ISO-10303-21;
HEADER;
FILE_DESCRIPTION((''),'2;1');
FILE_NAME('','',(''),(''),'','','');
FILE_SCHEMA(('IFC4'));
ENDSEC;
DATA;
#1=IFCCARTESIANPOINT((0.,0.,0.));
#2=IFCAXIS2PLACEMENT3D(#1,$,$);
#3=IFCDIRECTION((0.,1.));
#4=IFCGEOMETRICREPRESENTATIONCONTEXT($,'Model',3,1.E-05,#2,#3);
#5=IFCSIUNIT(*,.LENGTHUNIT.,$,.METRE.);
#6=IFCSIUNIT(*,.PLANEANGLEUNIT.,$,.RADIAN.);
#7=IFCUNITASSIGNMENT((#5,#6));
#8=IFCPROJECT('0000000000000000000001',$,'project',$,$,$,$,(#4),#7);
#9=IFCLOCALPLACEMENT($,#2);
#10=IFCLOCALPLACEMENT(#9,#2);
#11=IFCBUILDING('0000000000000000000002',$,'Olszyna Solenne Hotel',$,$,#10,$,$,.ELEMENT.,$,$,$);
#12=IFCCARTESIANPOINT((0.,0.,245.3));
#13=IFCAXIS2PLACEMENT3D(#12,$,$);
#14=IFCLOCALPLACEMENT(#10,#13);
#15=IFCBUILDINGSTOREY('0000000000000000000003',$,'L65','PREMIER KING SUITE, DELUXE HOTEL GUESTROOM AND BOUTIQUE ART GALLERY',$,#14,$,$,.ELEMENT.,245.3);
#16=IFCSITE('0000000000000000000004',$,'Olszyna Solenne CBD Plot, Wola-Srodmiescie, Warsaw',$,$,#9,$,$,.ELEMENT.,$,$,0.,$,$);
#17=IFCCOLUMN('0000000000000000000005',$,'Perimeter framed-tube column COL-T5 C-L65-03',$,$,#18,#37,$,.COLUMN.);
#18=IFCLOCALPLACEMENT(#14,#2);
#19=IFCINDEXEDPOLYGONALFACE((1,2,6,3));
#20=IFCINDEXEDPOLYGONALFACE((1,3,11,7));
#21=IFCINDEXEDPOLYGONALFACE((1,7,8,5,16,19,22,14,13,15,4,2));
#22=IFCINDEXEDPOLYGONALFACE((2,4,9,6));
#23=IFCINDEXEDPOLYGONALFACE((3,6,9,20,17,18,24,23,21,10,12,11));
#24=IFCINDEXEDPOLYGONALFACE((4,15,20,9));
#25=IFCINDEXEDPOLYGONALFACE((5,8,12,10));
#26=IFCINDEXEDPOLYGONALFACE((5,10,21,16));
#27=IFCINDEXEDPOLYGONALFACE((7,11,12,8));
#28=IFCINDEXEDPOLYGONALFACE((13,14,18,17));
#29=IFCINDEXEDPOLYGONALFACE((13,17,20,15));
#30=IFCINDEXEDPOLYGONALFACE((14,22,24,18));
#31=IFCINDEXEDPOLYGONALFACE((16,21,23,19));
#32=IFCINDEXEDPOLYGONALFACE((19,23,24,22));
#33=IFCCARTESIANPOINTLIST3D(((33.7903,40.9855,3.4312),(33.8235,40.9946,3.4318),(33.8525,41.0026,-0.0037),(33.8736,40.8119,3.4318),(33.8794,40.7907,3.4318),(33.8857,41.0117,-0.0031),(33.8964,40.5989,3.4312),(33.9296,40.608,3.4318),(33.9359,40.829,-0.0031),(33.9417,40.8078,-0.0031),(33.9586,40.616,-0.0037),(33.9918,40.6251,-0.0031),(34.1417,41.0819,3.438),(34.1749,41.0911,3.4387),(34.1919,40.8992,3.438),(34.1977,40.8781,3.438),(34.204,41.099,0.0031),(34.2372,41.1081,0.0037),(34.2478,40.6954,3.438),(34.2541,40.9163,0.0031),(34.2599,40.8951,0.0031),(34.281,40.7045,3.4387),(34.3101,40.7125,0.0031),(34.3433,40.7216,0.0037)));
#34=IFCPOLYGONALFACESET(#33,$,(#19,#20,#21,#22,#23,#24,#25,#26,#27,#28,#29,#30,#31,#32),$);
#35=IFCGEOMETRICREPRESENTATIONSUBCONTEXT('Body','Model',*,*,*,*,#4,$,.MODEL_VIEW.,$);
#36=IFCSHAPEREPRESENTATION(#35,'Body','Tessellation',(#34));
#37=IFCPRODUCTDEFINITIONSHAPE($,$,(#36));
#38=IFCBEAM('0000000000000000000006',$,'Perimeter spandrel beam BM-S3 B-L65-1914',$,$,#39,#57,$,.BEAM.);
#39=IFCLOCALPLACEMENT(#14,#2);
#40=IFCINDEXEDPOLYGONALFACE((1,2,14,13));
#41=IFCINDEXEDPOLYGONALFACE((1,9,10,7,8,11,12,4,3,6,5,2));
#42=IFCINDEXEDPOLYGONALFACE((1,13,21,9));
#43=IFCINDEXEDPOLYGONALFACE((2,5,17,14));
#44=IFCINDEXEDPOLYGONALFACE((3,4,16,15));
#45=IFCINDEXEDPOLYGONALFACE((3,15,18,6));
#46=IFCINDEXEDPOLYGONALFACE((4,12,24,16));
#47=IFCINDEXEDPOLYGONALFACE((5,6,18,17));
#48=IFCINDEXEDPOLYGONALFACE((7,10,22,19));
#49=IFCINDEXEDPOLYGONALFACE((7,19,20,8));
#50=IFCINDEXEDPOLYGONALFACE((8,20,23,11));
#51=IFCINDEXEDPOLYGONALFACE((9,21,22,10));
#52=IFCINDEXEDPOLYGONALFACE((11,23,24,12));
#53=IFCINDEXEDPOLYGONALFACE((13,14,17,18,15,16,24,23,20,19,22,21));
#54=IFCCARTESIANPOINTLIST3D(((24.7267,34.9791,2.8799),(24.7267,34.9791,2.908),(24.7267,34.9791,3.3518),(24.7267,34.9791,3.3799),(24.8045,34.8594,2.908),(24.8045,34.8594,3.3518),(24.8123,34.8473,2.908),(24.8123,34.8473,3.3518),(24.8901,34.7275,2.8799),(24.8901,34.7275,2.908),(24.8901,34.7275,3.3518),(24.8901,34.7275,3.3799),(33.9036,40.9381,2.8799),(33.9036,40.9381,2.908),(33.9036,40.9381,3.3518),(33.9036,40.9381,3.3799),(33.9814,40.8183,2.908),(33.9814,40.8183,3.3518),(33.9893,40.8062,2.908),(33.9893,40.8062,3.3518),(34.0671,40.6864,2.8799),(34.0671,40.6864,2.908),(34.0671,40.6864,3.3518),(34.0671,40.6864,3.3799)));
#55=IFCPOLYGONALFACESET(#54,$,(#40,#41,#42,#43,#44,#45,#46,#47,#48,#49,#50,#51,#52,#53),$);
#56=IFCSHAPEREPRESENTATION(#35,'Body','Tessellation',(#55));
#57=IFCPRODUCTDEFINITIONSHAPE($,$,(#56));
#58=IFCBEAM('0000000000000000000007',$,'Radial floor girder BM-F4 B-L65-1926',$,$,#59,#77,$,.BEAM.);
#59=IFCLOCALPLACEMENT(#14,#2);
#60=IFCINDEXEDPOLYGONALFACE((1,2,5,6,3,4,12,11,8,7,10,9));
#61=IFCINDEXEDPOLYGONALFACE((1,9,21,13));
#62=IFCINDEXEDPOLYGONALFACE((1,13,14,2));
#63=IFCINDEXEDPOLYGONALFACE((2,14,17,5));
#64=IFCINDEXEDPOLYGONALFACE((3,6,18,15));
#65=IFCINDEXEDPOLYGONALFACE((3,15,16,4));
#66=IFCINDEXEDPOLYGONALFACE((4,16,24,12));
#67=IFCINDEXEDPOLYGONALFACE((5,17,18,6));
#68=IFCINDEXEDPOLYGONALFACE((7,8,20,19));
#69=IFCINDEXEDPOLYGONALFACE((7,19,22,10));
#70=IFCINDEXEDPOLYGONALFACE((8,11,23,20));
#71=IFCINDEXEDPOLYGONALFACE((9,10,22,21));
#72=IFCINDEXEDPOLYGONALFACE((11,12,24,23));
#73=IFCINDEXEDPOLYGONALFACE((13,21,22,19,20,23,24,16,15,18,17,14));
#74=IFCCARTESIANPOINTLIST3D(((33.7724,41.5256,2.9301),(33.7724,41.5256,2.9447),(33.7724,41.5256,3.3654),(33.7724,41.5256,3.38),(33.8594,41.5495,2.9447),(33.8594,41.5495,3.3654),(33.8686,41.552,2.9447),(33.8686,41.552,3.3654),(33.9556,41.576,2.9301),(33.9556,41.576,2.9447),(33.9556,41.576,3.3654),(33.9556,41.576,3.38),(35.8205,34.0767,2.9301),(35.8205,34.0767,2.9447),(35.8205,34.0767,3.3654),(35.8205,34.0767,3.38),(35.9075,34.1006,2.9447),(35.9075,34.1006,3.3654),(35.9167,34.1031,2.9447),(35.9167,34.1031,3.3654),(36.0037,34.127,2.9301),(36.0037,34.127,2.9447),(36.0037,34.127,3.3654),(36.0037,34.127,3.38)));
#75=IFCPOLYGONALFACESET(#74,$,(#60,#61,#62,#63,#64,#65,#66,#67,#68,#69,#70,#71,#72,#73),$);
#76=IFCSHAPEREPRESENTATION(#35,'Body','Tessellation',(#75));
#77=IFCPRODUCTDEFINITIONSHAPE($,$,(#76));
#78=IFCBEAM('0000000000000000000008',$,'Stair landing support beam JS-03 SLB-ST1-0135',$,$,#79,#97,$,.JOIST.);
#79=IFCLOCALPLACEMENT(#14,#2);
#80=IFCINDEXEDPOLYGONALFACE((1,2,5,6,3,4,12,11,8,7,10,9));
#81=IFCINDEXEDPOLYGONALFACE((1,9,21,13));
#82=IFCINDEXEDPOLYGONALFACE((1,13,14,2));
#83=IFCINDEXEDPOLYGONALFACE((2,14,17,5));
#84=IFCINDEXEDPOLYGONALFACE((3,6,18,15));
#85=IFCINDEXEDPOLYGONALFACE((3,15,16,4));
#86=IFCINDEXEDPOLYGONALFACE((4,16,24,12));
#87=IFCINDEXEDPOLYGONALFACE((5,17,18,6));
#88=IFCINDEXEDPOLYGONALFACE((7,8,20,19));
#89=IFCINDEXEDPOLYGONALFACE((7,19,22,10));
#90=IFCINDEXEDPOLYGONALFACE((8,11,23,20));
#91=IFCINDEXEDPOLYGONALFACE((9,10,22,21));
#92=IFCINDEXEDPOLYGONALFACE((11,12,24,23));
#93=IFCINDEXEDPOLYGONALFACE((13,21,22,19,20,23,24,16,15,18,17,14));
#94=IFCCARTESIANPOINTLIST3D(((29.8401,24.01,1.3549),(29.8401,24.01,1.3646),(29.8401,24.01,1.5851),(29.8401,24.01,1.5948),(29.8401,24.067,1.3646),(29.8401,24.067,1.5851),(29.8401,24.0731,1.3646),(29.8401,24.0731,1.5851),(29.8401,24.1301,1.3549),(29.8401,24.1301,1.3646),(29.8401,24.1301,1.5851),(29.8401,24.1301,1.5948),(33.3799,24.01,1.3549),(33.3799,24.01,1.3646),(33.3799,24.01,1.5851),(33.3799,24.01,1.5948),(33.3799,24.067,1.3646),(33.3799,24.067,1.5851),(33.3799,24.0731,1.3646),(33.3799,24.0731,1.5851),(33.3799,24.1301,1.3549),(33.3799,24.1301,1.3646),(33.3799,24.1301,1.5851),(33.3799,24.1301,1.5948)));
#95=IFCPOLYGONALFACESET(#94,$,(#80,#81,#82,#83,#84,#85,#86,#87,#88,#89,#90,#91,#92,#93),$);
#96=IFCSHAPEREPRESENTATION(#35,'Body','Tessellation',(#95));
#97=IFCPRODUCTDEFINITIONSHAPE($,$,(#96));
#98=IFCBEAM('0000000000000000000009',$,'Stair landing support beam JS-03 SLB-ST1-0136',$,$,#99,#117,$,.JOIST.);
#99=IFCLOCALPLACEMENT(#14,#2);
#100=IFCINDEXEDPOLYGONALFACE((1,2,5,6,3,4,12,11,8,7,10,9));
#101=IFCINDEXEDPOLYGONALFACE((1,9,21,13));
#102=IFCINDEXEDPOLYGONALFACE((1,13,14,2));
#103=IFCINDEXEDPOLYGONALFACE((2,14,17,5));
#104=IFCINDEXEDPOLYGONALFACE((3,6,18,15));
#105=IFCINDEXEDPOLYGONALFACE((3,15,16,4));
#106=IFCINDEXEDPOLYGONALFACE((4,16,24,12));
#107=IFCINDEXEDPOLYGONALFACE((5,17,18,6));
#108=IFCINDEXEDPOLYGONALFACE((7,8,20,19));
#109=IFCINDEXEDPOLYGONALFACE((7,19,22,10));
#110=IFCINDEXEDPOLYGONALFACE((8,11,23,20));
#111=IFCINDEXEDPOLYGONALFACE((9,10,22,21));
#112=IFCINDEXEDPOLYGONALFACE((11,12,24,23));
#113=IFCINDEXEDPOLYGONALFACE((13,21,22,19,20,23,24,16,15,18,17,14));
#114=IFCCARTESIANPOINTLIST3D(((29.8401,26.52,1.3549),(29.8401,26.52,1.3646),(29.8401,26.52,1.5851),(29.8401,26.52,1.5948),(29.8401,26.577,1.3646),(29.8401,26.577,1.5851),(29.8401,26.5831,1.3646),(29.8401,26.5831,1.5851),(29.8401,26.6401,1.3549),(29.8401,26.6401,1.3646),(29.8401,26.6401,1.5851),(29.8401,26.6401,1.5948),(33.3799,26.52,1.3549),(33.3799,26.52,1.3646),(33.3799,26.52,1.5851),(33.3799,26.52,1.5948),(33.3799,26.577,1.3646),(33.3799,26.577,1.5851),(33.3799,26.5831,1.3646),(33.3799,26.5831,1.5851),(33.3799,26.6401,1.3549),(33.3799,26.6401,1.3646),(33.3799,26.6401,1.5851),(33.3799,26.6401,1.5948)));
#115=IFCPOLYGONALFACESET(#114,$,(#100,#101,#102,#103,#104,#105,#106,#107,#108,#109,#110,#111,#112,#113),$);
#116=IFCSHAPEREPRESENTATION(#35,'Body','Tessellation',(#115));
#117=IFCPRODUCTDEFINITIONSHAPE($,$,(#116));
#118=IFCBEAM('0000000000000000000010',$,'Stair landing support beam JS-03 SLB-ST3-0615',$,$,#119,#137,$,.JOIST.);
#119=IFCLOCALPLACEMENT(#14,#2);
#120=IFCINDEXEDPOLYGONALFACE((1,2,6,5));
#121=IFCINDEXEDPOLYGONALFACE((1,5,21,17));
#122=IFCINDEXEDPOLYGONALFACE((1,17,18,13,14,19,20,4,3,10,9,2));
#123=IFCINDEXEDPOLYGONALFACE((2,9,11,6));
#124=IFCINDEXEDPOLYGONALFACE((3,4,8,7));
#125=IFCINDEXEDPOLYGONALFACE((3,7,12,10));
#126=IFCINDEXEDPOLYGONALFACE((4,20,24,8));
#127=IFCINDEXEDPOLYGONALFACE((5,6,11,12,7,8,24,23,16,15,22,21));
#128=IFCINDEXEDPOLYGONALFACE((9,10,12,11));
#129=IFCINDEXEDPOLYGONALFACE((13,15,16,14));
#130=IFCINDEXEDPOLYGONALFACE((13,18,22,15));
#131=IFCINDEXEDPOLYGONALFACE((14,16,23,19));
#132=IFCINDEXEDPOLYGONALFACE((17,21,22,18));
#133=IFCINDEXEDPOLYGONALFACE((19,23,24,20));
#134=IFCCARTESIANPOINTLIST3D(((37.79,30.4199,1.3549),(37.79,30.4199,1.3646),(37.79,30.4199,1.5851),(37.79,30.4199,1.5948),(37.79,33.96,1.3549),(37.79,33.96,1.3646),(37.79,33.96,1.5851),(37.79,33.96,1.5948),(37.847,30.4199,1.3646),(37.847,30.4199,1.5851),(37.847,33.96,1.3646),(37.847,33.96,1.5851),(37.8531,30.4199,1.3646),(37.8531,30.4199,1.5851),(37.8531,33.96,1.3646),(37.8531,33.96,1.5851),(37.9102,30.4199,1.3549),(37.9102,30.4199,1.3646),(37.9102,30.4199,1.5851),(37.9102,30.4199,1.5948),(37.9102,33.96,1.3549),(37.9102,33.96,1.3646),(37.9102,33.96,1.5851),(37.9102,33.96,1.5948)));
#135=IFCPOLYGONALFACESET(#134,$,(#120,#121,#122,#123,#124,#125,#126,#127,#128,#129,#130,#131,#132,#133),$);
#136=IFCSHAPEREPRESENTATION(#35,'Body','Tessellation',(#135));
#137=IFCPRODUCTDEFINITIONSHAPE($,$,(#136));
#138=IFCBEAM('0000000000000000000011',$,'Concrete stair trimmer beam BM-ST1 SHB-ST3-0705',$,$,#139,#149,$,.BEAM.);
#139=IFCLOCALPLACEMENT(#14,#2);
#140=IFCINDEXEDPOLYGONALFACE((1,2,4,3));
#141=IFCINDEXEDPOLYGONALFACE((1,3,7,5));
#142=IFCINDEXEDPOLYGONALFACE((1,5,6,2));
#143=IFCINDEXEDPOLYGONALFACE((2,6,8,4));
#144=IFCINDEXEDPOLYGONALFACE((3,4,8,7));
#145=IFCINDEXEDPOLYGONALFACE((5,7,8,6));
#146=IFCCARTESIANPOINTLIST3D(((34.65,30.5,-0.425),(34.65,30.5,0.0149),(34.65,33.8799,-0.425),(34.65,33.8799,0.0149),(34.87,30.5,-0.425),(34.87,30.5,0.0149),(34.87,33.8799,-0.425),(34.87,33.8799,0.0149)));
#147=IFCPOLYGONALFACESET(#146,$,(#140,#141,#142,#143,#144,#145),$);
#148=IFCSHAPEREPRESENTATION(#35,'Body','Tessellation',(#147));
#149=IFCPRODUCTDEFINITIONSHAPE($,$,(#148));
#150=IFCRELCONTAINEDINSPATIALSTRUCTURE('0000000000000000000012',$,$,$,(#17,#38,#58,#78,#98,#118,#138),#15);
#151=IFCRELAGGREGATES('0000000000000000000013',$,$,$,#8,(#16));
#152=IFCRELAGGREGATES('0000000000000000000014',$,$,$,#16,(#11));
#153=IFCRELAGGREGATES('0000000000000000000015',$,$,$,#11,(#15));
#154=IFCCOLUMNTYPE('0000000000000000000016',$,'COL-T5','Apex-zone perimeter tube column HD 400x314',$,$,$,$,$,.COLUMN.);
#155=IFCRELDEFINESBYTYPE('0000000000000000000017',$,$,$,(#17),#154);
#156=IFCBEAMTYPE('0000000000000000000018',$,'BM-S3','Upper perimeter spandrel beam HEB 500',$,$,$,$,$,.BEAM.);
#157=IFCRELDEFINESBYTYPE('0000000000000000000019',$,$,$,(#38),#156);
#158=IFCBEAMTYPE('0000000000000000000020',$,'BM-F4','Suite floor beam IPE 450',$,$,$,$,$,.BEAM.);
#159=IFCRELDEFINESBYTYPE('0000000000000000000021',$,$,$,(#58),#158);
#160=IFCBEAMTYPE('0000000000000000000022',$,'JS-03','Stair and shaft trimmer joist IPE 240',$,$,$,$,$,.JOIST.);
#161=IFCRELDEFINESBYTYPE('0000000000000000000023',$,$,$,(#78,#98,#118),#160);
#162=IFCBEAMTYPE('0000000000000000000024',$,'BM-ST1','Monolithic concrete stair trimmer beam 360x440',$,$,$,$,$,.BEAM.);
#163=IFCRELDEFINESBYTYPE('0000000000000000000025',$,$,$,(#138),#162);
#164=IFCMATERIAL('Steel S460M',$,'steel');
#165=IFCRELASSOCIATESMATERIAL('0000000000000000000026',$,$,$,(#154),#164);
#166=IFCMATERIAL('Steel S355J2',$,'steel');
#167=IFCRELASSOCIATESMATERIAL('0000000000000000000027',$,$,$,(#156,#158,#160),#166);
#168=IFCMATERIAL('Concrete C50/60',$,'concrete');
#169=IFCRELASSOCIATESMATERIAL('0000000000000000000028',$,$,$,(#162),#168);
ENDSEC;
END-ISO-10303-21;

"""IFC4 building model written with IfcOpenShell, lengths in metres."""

from ifc_helpers import new_model, si_unit, direction, frame, origin, origin_2d, place, context, subcontext, project, spatial, rectangle, i_section, extrude, source, transform, mapped, material, material_profile, profile_set, type_object, element, save


model = new_model("IFC4")

# Units and contexts
model_context = context("Model", 3, precision=1e-05, world=origin(), true_north=direction((0.0, 1.0)))
body_context = subcontext(model_context, "Body", "Model", "MODEL_VIEW")
ifc_project = project(units=[si_unit("LENGTHUNIT", "METRE"), si_unit("PLANEANGLEUNIT", "RADIAN")], contexts=[model_context])

# Site, building, storey
site_placement = place(None, origin())
site = spatial("IfcSite", under=ifc_project, at=site_placement, Name="Olszyna Solenne CBD Plot, Wola-Srodmiescie, Warsaw", CompositionType="ELEMENT", RefElevation=0.0)
building_placement = place(site_placement, origin())
building = spatial("IfcBuilding", under=site, at=building_placement, Name="Olszyna Solenne Hotel", CompositionType="ELEMENT")
storey_placement = place(building_placement, frame((0.0, 0.0, 245.3)))
storey = spatial("IfcBuildingStorey", under=building, at=storey_placement, Name="L65", Description="PREMIER KING SUITE, DELUXE HOTEL GUESTROOM AND BOUTIQUE ART GALLERY", CompositionType="ELEMENT", Elevation=245.3)

# Column
ifc_material_1 = material(Name="Steel S460M", Category="steel")
ifc_material_profile_1 = material_profile(ifc_material_1, i_section(OverallWidth=0.4009, OverallDepth=0.3989, WebThickness=0.022, FlangeThickness=0.0344, at=origin_2d()), Name="HD 400x314", Category="load-bearing")
ifc_profile_set_1 = profile_set([ifc_material_profile_1], Name="Steel S460M")
column_type = type_object("IfcColumnType", Name="COL-T5", Description="Apex-zone perimeter tube column HD 400x314", PredefinedType="COLUMN", material=ifc_profile_set_1)
shared_shape_1 = source(origin(), body_context, "Body", "SweptSolid", [
    extrude(i_section(OverallWidth=0.4009, OverallDepth=0.3989, WebThickness=0.022, FlangeThickness=0.0344, at=origin_2d()), origin(), (0.0, 0.0, 1.0), 3.4355),
])
column_placement = place(storey_placement, frame((34.0979, 40.8621, 0.0), z_axis=(-0.01812, -0.004974, 0.999823), x_axis=(0.264717, -0.964326, 0.0)))
element("IfcColumn", 1, at=column_placement, inside=storey, type_object=column_type, Name="Perimeter framed-tube column COL-T5 C-L65-03", PredefinedType="COLUMN", context=body_context, shape_type="MappedRepresentation", body=[
    mapped(shared_shape_1, transform((0.0, 0.0, 0.0), x_axis=(1.0, 0.0, 0.0), y_axis=(0.0, 1.0, 0.0), z_axis=(0.0, 0.0, 1.0), scale=1.0)),
])

# Beams
ifc_material_2 = material(Name="Steel S355J2", Category="steel")
ifc_material_profile_2 = material_profile(ifc_material_2, i_section(OverallWidth=0.3, OverallDepth=0.5, WebThickness=0.0144, FlangeThickness=0.0281, at=origin_2d()), Name="HEB 500", Category="load-bearing")
ifc_profile_set_2 = profile_set([ifc_material_profile_2], Name="Steel S355J2")
beam_type_1 = type_object("IfcBeamType", Name="BM-S3", Description="Upper perimeter spandrel beam HEB 500", PredefinedType="BEAM", material=ifc_profile_set_2)
shared_shape_2 = source(origin(), body_context, "Body", "SweptSolid", [
    extrude(i_section(OverallWidth=0.3, OverallDepth=0.5, WebThickness=0.0144, FlangeThickness=0.0281, at=origin_2d()), origin(), (0.0, 0.0, 1.0), 10.9419),
])
beam_1_placement = place(storey_placement, frame((33.9854, 40.8123, 3.1299), z_axis=(-0.838697, -0.544599, 0.0), x_axis=(0.544599, -0.838697, 0.0)))
element("IfcBeam", 2, at=beam_1_placement, inside=storey, type_object=beam_type_1, Name="Perimeter spandrel beam BM-S3 B-L65-1914", PredefinedType="BEAM", context=body_context, shape_type="MappedRepresentation", body=[
    mapped(shared_shape_2, transform((0.0, 0.0, 0.0), x_axis=(1.0, 0.0, 0.0), y_axis=(0.0, 1.0, 0.0), z_axis=(0.0, 0.0, 1.0), scale=1.0)),
])
ifc_material_profile_3 = material_profile(ifc_material_2, i_section(OverallWidth=0.1899, OverallDepth=0.45, WebThickness=0.0095, FlangeThickness=0.0146, at=origin_2d()), Name="IPE 450", Category="load-bearing")
ifc_profile_set_3 = profile_set([ifc_material_profile_3], Name="Steel S355J2")
beam_type_2 = type_object("IfcBeamType", Name="BM-F4", Description="Suite floor beam IPE 450", PredefinedType="BEAM", material=ifc_profile_set_3)
shared_shape_3 = source(origin(), body_context, "Body", "SweptSolid", [
    extrude(i_section(OverallWidth=0.1899, OverallDepth=0.45, WebThickness=0.0095, FlangeThickness=0.0146, at=origin_2d()), origin(), (0.0, 0.0, 1.0), 7.7253),
])
beam_2_placement = place(storey_placement, frame((33.864, 41.5508, 3.155), z_axis=(0.265112, -0.964218, 0.0), x_axis=(0.964218, 0.265112, 0.0)))
element("IfcBeam", 3, at=beam_2_placement, inside=storey, type_object=beam_type_2, Name="Radial floor girder BM-F4 B-L65-1926", PredefinedType="BEAM", context=body_context, shape_type="MappedRepresentation", body=[
    mapped(shared_shape_3, transform((0.0, 0.0, 0.0), x_axis=(1.0, 0.0, 0.0), y_axis=(0.0, 1.0, 0.0), z_axis=(0.0, 0.0, 1.0), scale=1.0)),
])
ifc_material_profile_4 = material_profile(ifc_material_2, i_section(OverallWidth=0.1201, OverallDepth=0.24, WebThickness=0.0061, FlangeThickness=0.0098, at=origin_2d()), Name="IPE 240", Category="load-bearing")
ifc_profile_set_4 = profile_set([ifc_material_profile_4], Name="Steel S355J2")
beam_type_3 = type_object("IfcBeamType", Name="JS-03", Description="Stair and shaft trimmer joist IPE 240", PredefinedType="JOIST", material=ifc_profile_set_4)
shared_shape_4 = source(origin(), body_context, "Body", "SweptSolid", [
    extrude(i_section(OverallWidth=0.1201, OverallDepth=0.24, WebThickness=0.0061, FlangeThickness=0.0098, at=origin_2d()), origin(), (0.0, 0.0, 1.0), 3.5398),
])
for number, where, z_axis, x_axis, name in (
    (4, (33.3799, 24.0701, 1.4749), (-1.0, 0.0, 0.0), (0.0, -1.0, 0.0), "Stair landing support beam JS-03 SLB-ST1-0135"),
    (5, (33.3799, 26.5801, 1.4749), (-1.0, 0.0, 0.0), (0.0, -1.0, 0.0), "Stair landing support beam JS-03 SLB-ST1-0136"),
):
    element("IfcBeam", number, at=place(storey_placement, frame(where, z_axis=z_axis, x_axis=x_axis)), inside=storey, type_object=beam_type_3, Name=name, PredefinedType="JOIST", context=body_context, shape_type="MappedRepresentation", body=[
        mapped(shared_shape_4, transform((0.0, 0.0, 0.0), x_axis=(1.0, 0.0, 0.0), y_axis=(0.0, 1.0, 0.0), z_axis=(0.0, 0.0, 1.0), scale=1.0)),
    ])
shared_shape_5 = source(origin(), body_context, "Body", "SweptSolid", [
    extrude(i_section(OverallWidth=0.1201, OverallDepth=0.24, WebThickness=0.0061, FlangeThickness=0.0098, at=origin_2d()), origin(), (0.0, 0.0, 1.0), 3.54),
])
beam_3_placement = place(storey_placement, frame((37.8501, 30.4199, 1.4749), z_axis=(0.0, 1.0, 0.0), x_axis=(-1.0, 0.0, 0.0)))
element("IfcBeam", 6, at=beam_3_placement, inside=storey, type_object=beam_type_3, Name="Stair landing support beam JS-03 SLB-ST3-0615", PredefinedType="JOIST", context=body_context, shape_type="MappedRepresentation", body=[
    mapped(shared_shape_5, transform((0.0, 0.0, 0.0), x_axis=(1.0, 0.0, 0.0), y_axis=(0.0, 1.0, 0.0), z_axis=(0.0, 0.0, 1.0), scale=1.0)),
])
ifc_material_3 = material(Name="Concrete C50/60", Category="concrete")
ifc_material_profile_5 = material_profile(ifc_material_3, rectangle(XDim=0.22, YDim=0.4399, at=origin_2d()), Name="RC 220x440", Category="load-bearing")
ifc_profile_set_5 = profile_set([ifc_material_profile_5], Name="Concrete C50/60")
beam_type_4 = type_object("IfcBeamType", Name="BM-ST1", Description="Monolithic concrete stair trimmer beam 360x440", PredefinedType="BEAM", material=ifc_profile_set_5)
shared_shape_6 = source(origin(), body_context, "Body", "SweptSolid", [
    extrude(rectangle(XDim=0.22, YDim=0.4399, at=origin_2d()), origin(), (0.0, 0.0, 1.0), 3.3799),
])
beam_4_placement = place(storey_placement, frame((34.76, 30.5, -0.2051), z_axis=(0.0, 1.0, 0.0), x_axis=(-1.0, 0.0, 0.0)))
element("IfcBeam", 7, at=beam_4_placement, inside=storey, type_object=beam_type_4, Name="Concrete stair trimmer beam BM-ST1 SHB-ST3-0705", PredefinedType="BEAM", context=body_context, shape_type="MappedRepresentation", body=[
    mapped(shared_shape_6, transform((0.0, 0.0, 0.0), x_axis=(1.0, 0.0, 0.0), y_axis=(0.0, 1.0, 0.0), z_axis=(0.0, 0.0, 1.0), scale=1.0)),
])

save(model, "model.ifc")
